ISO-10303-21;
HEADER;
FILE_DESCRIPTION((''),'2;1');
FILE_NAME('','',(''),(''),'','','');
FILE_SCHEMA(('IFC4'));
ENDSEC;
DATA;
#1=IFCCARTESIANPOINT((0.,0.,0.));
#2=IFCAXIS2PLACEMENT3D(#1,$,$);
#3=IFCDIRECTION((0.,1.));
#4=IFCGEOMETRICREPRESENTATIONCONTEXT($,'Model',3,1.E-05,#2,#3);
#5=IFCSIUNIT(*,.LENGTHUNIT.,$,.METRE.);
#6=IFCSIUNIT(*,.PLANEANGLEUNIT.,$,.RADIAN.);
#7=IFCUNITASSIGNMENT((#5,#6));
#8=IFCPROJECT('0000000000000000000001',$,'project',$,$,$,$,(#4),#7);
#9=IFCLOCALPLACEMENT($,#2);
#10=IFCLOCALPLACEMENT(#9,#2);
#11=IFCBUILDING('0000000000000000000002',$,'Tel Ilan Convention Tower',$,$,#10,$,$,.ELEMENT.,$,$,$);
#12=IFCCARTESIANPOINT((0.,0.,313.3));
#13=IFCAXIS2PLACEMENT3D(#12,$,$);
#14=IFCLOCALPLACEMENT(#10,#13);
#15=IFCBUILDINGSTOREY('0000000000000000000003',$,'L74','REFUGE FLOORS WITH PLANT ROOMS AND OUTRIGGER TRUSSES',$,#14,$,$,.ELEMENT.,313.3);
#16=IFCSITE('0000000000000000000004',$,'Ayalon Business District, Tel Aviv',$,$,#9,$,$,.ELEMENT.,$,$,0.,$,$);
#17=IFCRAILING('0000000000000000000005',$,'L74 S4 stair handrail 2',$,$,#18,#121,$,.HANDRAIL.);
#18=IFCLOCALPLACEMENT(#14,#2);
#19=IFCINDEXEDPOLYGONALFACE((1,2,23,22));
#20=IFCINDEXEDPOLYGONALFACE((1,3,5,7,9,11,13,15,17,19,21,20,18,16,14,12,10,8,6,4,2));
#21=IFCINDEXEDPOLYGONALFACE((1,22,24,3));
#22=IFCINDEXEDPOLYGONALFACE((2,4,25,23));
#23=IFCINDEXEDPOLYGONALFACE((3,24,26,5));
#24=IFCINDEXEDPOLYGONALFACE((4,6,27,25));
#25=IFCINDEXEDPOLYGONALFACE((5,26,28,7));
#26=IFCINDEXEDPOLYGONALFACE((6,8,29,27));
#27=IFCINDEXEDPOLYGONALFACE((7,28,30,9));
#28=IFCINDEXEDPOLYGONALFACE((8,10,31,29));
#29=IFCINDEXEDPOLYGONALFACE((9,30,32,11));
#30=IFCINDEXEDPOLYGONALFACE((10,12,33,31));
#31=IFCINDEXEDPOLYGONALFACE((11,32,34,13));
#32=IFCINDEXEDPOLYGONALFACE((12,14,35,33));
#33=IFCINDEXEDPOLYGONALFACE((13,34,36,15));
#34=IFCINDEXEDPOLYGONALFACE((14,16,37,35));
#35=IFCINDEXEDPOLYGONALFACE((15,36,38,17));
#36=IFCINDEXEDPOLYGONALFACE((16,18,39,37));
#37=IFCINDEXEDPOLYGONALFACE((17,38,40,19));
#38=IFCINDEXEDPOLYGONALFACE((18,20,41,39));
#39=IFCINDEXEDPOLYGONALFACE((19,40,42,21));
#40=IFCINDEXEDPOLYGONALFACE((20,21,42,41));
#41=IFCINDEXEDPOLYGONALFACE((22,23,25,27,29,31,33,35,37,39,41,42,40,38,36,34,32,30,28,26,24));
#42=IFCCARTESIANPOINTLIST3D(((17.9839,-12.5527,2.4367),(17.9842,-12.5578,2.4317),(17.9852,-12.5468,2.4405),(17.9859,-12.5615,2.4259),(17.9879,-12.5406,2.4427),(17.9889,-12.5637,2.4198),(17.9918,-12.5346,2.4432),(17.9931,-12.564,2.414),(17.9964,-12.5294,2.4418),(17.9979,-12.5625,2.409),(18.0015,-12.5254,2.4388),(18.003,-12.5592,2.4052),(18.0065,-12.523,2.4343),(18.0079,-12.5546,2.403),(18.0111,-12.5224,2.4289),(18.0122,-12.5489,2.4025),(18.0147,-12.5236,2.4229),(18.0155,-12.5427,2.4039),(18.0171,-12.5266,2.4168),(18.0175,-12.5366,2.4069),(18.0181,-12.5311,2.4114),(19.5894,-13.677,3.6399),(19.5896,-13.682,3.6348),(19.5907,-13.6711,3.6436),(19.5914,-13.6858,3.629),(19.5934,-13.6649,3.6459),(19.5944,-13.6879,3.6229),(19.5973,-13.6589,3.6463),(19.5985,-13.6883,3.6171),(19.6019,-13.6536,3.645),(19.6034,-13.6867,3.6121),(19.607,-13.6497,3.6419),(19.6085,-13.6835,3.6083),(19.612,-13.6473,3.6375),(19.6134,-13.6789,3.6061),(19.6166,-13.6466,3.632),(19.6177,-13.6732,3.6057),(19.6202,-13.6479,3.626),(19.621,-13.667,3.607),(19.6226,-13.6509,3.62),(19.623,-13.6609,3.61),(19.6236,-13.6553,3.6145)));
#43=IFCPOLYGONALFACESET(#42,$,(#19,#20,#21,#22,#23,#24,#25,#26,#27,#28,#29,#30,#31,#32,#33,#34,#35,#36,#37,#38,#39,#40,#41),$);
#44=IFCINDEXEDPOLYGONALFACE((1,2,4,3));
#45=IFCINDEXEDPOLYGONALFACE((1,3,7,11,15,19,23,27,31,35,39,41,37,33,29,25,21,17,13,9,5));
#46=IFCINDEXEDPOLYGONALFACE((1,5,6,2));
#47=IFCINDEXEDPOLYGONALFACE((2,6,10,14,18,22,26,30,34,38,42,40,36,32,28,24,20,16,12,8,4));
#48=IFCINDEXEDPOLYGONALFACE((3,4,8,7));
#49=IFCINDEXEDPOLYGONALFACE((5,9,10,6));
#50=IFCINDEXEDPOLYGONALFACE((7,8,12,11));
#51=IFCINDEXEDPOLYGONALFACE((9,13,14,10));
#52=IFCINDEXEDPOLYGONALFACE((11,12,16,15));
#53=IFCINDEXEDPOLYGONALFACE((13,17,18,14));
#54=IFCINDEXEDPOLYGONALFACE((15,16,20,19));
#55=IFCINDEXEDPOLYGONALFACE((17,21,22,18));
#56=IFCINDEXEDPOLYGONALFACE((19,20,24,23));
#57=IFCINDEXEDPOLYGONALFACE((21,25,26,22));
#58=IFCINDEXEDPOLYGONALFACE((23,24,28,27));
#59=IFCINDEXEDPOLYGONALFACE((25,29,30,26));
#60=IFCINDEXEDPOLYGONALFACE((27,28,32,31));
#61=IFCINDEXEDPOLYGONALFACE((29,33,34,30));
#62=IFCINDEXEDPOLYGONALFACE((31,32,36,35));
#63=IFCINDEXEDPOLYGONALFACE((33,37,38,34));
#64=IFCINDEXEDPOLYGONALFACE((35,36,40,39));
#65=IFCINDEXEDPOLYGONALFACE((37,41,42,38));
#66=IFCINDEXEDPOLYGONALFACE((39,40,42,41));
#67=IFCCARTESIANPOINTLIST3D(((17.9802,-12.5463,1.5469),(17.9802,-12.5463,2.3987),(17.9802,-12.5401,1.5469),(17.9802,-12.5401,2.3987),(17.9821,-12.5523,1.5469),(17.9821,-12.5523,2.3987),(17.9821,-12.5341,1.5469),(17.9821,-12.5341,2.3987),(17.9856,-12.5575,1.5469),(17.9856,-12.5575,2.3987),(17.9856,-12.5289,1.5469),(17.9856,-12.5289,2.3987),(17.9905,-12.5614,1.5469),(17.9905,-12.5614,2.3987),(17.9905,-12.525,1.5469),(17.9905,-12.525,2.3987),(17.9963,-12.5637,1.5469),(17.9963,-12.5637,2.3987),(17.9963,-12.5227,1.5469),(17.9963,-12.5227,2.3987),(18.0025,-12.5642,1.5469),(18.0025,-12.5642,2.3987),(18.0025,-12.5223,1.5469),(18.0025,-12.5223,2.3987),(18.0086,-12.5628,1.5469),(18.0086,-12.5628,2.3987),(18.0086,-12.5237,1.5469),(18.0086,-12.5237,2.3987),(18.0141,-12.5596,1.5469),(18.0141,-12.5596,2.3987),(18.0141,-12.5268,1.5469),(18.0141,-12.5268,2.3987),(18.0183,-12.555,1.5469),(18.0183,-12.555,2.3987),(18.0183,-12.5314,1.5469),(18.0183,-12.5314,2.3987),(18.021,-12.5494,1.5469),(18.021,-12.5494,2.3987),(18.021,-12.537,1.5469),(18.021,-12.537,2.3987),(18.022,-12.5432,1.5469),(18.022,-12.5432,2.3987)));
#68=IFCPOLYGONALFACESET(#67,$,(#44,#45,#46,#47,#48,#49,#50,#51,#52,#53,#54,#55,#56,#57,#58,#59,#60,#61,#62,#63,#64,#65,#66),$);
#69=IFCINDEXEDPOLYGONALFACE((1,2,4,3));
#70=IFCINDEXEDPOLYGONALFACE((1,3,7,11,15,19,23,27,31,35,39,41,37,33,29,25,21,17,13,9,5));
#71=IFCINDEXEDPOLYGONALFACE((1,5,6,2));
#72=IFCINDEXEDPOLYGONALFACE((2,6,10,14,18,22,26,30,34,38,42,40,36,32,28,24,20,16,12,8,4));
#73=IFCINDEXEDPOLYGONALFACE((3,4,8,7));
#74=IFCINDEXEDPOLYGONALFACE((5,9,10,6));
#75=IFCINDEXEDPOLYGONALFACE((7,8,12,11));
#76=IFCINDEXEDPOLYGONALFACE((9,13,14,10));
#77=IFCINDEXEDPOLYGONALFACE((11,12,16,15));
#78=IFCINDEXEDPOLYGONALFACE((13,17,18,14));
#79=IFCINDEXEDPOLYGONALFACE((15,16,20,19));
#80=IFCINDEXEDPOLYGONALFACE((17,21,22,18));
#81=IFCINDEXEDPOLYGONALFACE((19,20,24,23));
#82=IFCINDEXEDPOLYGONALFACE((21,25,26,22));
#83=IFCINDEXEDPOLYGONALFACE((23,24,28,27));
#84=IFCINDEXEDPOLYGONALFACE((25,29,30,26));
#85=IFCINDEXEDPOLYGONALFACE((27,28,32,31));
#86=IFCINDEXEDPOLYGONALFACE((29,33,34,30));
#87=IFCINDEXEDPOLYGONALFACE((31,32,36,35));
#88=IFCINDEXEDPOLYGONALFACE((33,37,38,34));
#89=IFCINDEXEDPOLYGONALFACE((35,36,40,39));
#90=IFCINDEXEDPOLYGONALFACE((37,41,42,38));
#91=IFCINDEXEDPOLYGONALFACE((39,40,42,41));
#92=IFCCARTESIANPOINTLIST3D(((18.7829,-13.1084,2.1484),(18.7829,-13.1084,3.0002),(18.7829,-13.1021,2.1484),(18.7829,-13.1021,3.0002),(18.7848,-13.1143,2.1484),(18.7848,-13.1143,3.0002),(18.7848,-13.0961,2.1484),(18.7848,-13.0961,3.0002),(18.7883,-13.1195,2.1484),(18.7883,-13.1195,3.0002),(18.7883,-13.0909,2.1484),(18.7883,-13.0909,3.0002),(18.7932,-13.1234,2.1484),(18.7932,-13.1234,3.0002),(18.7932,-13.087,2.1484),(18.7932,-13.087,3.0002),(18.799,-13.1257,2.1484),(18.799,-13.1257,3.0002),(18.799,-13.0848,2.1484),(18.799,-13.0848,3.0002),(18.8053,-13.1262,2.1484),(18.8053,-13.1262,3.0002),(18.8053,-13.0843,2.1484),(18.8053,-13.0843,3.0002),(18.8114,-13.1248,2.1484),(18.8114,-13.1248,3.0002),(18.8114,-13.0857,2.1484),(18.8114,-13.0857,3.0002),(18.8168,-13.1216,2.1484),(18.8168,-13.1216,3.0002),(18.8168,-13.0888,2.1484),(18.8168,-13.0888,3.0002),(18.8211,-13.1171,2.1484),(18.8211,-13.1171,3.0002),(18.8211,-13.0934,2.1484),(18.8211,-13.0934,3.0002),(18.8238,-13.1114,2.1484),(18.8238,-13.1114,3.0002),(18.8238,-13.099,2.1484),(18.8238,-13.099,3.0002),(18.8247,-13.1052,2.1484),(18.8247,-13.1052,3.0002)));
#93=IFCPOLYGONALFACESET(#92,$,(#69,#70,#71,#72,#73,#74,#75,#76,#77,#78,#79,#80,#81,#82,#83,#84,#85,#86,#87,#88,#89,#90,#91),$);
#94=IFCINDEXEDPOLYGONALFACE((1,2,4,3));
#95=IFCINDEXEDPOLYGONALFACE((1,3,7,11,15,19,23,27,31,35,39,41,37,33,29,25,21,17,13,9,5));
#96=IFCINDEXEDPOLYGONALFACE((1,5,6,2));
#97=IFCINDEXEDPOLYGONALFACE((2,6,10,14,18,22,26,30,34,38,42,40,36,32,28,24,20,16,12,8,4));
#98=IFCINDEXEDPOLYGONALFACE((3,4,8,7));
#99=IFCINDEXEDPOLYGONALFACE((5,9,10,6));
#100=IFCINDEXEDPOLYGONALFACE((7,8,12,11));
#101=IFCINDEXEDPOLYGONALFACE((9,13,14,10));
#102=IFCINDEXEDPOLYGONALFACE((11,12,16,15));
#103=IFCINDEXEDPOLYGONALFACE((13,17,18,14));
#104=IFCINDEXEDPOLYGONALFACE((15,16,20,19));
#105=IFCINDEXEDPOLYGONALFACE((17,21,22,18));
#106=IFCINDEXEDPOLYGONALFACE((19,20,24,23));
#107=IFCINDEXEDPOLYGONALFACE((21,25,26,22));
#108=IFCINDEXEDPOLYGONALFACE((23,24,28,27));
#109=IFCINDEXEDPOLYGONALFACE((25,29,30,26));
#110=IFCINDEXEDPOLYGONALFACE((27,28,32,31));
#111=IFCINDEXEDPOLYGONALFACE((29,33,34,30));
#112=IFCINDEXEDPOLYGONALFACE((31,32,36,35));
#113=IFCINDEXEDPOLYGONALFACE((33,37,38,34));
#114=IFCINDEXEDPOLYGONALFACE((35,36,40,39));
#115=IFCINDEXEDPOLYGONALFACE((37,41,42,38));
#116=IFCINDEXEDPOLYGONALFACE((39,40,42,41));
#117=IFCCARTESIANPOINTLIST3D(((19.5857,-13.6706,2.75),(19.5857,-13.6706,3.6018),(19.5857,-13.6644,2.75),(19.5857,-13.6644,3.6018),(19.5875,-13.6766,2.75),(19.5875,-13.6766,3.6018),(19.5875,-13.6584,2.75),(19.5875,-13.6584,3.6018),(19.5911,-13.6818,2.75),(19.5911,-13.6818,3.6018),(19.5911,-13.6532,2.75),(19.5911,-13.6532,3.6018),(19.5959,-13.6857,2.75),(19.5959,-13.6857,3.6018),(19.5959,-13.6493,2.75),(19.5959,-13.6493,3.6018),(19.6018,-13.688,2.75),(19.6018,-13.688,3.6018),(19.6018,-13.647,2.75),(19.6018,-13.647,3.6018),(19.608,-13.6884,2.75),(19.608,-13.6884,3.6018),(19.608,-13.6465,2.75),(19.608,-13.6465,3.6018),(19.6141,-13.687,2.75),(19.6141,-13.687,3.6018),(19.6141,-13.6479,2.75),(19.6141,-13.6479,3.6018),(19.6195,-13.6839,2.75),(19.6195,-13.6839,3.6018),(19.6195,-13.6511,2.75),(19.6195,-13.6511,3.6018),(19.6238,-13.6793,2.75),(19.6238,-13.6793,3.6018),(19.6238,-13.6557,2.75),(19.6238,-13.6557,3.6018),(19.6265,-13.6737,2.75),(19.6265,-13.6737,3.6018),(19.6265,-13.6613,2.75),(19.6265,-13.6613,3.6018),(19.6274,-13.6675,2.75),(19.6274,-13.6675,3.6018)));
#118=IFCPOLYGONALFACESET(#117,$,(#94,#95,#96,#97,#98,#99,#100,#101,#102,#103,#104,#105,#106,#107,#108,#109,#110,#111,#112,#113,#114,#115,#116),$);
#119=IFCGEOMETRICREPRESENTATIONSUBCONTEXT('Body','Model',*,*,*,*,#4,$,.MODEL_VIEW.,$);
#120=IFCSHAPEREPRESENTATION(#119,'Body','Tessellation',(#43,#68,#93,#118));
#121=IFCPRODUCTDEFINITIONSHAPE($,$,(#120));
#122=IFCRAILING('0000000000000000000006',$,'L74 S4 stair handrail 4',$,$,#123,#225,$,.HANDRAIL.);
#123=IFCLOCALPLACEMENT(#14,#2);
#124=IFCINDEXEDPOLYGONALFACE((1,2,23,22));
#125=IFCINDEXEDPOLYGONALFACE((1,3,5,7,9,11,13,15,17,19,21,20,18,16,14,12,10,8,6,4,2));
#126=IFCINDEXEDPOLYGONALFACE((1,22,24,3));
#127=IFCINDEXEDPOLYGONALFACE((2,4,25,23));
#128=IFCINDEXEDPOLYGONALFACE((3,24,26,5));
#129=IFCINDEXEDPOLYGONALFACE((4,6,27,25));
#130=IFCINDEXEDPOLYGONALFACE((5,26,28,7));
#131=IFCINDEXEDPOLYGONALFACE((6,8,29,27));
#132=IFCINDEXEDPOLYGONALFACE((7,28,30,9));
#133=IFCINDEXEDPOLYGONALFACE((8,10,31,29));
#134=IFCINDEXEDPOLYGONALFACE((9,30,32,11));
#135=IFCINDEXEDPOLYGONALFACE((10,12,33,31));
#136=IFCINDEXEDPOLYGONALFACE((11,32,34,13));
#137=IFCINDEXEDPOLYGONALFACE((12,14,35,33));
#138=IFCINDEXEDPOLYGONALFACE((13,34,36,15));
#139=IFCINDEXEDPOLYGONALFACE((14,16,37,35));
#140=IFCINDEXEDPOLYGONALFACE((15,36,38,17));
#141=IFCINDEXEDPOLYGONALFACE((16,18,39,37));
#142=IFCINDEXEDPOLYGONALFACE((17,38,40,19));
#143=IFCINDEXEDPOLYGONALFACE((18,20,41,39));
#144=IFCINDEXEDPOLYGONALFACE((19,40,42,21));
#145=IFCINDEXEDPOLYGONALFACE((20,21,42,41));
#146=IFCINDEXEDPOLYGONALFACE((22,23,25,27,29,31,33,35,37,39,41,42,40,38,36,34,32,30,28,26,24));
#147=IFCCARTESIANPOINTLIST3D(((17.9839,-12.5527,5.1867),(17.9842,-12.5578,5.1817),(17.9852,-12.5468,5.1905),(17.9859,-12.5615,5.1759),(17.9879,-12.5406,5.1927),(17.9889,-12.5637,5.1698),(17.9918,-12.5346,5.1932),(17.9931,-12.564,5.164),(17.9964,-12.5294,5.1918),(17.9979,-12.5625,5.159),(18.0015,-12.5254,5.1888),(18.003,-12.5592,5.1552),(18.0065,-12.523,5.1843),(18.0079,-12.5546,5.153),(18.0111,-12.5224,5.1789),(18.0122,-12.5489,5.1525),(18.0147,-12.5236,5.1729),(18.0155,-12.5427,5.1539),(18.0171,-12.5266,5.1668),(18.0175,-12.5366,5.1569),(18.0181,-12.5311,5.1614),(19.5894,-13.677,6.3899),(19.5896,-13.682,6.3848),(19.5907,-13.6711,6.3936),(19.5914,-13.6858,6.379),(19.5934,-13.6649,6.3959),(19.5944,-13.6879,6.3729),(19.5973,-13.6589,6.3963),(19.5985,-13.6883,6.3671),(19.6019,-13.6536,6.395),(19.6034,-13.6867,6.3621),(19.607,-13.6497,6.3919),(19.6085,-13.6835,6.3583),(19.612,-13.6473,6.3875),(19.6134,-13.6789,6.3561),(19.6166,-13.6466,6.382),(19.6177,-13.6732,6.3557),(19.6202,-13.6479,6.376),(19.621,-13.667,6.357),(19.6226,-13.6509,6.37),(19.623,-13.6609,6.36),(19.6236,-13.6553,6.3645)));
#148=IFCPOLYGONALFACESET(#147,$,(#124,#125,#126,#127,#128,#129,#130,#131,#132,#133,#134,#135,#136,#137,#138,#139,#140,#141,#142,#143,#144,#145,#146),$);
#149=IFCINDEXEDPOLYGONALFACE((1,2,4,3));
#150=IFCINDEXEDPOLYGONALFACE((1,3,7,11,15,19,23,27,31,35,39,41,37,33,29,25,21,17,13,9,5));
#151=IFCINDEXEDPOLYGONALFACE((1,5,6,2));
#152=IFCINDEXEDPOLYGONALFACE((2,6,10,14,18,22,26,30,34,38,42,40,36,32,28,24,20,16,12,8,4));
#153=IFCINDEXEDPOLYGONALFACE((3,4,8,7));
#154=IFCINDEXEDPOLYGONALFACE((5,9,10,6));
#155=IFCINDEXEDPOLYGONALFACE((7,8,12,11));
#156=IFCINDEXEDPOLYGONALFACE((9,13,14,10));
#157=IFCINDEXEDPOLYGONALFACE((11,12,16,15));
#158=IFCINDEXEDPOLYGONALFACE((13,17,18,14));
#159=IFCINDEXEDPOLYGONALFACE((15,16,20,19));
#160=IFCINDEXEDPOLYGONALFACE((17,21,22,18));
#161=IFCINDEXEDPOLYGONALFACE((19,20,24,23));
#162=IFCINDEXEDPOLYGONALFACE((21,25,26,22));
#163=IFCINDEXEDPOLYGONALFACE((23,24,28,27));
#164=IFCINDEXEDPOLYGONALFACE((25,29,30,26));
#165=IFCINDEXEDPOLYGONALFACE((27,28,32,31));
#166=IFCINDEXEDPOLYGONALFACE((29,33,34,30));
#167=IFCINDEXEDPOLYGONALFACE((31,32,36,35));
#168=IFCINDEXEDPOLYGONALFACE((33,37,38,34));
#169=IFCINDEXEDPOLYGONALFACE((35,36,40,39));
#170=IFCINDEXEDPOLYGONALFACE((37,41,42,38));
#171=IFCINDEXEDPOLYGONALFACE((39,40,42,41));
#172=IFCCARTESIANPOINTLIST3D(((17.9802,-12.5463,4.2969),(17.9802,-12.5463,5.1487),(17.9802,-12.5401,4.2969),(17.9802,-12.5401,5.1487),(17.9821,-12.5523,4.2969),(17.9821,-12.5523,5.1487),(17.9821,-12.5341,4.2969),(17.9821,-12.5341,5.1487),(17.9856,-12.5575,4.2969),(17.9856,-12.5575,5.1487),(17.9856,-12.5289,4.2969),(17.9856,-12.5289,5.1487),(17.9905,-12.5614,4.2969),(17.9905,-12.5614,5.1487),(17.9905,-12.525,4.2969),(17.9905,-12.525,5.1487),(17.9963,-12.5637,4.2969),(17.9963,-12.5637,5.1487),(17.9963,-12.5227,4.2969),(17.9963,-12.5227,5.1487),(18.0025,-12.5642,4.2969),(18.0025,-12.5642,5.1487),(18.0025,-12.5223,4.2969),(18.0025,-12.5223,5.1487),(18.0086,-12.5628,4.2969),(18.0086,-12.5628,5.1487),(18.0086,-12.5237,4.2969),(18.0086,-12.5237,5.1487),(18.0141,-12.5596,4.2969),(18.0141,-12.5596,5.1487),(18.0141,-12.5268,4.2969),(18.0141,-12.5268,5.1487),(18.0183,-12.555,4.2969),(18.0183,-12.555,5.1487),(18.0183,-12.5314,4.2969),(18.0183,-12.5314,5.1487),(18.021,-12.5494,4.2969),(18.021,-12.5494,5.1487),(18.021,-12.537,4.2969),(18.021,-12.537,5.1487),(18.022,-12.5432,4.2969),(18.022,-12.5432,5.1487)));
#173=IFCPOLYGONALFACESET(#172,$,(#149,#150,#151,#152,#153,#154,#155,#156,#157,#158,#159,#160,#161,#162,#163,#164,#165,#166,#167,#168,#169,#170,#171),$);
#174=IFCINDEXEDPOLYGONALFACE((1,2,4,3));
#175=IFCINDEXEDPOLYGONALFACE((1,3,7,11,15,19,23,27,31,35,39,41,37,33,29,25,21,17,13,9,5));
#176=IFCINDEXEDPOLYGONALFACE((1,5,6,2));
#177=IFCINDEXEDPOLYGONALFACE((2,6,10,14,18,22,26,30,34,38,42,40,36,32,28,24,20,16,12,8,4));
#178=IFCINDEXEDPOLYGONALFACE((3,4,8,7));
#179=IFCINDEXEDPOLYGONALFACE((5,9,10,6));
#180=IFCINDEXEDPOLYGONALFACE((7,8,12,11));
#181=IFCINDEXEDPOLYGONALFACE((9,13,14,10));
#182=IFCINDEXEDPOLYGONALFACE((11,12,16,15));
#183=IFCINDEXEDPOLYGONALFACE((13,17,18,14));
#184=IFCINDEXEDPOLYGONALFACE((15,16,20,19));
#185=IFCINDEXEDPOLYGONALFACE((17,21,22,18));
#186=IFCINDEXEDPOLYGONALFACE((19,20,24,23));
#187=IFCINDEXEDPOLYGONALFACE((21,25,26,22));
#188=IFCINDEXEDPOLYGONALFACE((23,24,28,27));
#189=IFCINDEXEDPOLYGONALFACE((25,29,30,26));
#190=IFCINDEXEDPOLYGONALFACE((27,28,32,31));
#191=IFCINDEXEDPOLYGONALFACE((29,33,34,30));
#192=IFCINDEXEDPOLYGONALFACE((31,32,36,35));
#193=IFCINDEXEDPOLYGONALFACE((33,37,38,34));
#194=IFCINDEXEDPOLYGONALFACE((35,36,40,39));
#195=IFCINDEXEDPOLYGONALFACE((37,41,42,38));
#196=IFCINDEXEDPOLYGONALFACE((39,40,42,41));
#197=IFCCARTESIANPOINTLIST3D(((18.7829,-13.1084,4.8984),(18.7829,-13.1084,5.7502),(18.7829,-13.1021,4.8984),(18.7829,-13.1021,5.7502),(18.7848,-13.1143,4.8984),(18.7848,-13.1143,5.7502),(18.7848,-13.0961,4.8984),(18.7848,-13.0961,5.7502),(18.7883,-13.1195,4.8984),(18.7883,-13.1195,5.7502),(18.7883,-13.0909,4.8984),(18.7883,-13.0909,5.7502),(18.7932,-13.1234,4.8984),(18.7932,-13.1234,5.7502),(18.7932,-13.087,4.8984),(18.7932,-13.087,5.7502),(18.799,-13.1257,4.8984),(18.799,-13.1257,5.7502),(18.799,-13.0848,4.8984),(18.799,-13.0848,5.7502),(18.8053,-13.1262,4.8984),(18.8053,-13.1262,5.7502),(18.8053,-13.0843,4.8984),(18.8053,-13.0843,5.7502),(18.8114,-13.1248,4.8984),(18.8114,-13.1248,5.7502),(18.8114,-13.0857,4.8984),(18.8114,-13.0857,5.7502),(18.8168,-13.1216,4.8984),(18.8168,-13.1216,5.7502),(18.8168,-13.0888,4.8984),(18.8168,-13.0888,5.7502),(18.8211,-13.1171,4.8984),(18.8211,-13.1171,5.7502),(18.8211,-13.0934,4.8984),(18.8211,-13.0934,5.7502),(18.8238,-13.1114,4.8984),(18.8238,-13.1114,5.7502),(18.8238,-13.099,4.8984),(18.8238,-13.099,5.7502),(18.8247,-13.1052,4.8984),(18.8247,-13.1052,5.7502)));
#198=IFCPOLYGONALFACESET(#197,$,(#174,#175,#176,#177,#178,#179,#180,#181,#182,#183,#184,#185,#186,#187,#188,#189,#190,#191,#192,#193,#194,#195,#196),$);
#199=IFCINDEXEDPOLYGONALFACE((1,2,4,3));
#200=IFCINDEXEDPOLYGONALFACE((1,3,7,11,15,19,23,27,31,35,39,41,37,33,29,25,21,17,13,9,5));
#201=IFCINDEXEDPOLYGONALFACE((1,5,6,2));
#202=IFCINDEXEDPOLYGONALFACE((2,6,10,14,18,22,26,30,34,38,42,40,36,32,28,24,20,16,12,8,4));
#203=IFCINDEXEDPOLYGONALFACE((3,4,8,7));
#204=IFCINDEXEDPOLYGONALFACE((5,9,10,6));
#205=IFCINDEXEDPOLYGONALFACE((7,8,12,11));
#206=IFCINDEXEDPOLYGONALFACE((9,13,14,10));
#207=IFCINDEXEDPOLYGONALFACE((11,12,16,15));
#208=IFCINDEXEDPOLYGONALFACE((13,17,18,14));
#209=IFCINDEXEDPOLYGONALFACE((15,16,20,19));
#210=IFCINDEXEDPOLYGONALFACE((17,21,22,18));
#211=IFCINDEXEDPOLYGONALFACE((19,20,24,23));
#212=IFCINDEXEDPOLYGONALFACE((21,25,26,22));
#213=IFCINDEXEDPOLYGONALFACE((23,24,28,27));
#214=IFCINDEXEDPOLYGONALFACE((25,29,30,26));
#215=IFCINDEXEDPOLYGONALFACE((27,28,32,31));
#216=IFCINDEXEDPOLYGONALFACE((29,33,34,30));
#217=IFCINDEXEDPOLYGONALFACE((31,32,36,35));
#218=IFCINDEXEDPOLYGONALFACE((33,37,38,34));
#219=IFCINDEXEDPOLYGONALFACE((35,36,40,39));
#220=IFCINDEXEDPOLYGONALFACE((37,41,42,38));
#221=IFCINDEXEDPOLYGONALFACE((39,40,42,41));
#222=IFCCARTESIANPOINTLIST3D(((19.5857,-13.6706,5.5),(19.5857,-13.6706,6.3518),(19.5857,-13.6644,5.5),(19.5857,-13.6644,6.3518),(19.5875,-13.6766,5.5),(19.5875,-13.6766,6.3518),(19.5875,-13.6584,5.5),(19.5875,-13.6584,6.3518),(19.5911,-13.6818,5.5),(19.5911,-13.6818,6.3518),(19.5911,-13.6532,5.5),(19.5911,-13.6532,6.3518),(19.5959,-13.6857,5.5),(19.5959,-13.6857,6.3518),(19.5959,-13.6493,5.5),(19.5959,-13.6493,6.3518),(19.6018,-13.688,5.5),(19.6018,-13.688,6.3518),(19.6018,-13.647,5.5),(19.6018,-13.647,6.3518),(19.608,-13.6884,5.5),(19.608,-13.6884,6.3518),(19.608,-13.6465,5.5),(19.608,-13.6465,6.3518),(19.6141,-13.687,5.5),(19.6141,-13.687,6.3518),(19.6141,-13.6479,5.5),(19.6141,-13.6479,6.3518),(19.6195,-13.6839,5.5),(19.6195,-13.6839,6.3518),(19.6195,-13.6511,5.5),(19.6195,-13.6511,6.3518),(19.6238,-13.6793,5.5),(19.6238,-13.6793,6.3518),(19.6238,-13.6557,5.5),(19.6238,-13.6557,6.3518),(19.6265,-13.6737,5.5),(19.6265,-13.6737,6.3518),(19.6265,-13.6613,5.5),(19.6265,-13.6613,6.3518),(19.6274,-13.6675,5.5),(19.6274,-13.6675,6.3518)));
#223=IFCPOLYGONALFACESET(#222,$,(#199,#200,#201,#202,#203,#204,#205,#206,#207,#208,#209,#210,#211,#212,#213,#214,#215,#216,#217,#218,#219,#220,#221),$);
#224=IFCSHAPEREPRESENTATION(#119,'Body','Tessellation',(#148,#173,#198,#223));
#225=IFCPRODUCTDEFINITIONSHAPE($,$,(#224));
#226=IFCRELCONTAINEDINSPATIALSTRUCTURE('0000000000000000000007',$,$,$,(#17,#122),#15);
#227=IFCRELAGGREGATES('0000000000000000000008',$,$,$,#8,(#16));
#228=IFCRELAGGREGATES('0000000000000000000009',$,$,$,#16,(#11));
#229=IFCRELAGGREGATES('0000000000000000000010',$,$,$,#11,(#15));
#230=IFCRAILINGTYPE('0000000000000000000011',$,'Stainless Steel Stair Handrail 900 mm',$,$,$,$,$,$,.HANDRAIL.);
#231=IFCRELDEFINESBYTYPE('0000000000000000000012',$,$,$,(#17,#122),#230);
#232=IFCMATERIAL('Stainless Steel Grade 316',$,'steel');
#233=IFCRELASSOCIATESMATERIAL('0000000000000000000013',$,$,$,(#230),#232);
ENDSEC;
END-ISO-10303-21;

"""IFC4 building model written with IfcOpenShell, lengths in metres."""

from ifc_helpers import new_model, si_unit, direction, frame, origin, origin_2d, place, context, subcontext, project, spatial, circle, extrude, material, type_object, element, save


model = new_model("IFC4")

# Units and contexts
model_context = context("Model", 3, precision=1e-05, world=origin(), true_north=direction((0.0, 1.0)))
body_context = subcontext(model_context, "Body", "Model", "MODEL_VIEW")
ifc_project = project(units=[si_unit("LENGTHUNIT", "METRE"), si_unit("PLANEANGLEUNIT", "RADIAN")], contexts=[model_context])

# Site, building, storey
site_placement = place(None, origin())
site = spatial("IfcSite", under=ifc_project, at=site_placement, Name="Ayalon Business District, Tel Aviv", CompositionType="ELEMENT", RefElevation=0.0)
building_placement = place(site_placement, origin())
building = spatial("IfcBuilding", under=site, at=building_placement, Name="Tel Ilan Convention Tower", CompositionType="ELEMENT")
storey_placement = place(building_placement, frame((0.0, 0.0, 313.3)))
storey = spatial("IfcBuildingStorey", under=building, at=storey_placement, Name="L74", Description="REFUGE FLOORS WITH PLANT ROOMS AND OUTRIGGER TRUSSES", CompositionType="ELEMENT", Elevation=313.3)

# Railings
ifc_material_1 = material(Name="Stainless Steel Grade 316", Category="steel")
railing_type_1 = type_object("IfcRailingType", Name="Stainless Steel Stair Handrail 900 mm", PredefinedType="HANDRAIL", material=ifc_material_1)
for number, where, name in (
    (1, (18.001, -12.5432, 1.5469), "L74 S4 stair handrail 2"),
    (2, (18.001, -12.5432, 4.2969), "L74 S4 stair handrail 4"),
):
    element("IfcRailing", number, at=place(storey_placement, frame(where)), inside=storey, type_object=railing_type_1, Name=name, PredefinedType="HANDRAIL", context=body_context, shape_type="SweptSolid", body=[
        extrude(circle(Radius=0.0239, at=origin_2d()), frame((0.0, 0.0, 0.876), z_axis=(0.698095, -0.488857, 0.523146), x_axis=(0.573613, 0.819127, 0.0)), (0.0, 0.0, 1.0), 2.2998),
        extrude(circle(Radius=0.021, at=origin_2d()), origin(), (0.0, 0.0, 1.0), 0.8518),
        extrude(circle(Radius=0.021, at=origin_2d()), frame((0.8027, -0.562, 0.6016)), (0.0, 0.0, 1.0), 0.8518),
        extrude(circle(Radius=0.021, at=origin_2d()), frame((1.6055, -1.1243, 1.2031)), (0.0, 0.0, 1.0), 0.8518),
    ])

save(model, "model.ifc")
